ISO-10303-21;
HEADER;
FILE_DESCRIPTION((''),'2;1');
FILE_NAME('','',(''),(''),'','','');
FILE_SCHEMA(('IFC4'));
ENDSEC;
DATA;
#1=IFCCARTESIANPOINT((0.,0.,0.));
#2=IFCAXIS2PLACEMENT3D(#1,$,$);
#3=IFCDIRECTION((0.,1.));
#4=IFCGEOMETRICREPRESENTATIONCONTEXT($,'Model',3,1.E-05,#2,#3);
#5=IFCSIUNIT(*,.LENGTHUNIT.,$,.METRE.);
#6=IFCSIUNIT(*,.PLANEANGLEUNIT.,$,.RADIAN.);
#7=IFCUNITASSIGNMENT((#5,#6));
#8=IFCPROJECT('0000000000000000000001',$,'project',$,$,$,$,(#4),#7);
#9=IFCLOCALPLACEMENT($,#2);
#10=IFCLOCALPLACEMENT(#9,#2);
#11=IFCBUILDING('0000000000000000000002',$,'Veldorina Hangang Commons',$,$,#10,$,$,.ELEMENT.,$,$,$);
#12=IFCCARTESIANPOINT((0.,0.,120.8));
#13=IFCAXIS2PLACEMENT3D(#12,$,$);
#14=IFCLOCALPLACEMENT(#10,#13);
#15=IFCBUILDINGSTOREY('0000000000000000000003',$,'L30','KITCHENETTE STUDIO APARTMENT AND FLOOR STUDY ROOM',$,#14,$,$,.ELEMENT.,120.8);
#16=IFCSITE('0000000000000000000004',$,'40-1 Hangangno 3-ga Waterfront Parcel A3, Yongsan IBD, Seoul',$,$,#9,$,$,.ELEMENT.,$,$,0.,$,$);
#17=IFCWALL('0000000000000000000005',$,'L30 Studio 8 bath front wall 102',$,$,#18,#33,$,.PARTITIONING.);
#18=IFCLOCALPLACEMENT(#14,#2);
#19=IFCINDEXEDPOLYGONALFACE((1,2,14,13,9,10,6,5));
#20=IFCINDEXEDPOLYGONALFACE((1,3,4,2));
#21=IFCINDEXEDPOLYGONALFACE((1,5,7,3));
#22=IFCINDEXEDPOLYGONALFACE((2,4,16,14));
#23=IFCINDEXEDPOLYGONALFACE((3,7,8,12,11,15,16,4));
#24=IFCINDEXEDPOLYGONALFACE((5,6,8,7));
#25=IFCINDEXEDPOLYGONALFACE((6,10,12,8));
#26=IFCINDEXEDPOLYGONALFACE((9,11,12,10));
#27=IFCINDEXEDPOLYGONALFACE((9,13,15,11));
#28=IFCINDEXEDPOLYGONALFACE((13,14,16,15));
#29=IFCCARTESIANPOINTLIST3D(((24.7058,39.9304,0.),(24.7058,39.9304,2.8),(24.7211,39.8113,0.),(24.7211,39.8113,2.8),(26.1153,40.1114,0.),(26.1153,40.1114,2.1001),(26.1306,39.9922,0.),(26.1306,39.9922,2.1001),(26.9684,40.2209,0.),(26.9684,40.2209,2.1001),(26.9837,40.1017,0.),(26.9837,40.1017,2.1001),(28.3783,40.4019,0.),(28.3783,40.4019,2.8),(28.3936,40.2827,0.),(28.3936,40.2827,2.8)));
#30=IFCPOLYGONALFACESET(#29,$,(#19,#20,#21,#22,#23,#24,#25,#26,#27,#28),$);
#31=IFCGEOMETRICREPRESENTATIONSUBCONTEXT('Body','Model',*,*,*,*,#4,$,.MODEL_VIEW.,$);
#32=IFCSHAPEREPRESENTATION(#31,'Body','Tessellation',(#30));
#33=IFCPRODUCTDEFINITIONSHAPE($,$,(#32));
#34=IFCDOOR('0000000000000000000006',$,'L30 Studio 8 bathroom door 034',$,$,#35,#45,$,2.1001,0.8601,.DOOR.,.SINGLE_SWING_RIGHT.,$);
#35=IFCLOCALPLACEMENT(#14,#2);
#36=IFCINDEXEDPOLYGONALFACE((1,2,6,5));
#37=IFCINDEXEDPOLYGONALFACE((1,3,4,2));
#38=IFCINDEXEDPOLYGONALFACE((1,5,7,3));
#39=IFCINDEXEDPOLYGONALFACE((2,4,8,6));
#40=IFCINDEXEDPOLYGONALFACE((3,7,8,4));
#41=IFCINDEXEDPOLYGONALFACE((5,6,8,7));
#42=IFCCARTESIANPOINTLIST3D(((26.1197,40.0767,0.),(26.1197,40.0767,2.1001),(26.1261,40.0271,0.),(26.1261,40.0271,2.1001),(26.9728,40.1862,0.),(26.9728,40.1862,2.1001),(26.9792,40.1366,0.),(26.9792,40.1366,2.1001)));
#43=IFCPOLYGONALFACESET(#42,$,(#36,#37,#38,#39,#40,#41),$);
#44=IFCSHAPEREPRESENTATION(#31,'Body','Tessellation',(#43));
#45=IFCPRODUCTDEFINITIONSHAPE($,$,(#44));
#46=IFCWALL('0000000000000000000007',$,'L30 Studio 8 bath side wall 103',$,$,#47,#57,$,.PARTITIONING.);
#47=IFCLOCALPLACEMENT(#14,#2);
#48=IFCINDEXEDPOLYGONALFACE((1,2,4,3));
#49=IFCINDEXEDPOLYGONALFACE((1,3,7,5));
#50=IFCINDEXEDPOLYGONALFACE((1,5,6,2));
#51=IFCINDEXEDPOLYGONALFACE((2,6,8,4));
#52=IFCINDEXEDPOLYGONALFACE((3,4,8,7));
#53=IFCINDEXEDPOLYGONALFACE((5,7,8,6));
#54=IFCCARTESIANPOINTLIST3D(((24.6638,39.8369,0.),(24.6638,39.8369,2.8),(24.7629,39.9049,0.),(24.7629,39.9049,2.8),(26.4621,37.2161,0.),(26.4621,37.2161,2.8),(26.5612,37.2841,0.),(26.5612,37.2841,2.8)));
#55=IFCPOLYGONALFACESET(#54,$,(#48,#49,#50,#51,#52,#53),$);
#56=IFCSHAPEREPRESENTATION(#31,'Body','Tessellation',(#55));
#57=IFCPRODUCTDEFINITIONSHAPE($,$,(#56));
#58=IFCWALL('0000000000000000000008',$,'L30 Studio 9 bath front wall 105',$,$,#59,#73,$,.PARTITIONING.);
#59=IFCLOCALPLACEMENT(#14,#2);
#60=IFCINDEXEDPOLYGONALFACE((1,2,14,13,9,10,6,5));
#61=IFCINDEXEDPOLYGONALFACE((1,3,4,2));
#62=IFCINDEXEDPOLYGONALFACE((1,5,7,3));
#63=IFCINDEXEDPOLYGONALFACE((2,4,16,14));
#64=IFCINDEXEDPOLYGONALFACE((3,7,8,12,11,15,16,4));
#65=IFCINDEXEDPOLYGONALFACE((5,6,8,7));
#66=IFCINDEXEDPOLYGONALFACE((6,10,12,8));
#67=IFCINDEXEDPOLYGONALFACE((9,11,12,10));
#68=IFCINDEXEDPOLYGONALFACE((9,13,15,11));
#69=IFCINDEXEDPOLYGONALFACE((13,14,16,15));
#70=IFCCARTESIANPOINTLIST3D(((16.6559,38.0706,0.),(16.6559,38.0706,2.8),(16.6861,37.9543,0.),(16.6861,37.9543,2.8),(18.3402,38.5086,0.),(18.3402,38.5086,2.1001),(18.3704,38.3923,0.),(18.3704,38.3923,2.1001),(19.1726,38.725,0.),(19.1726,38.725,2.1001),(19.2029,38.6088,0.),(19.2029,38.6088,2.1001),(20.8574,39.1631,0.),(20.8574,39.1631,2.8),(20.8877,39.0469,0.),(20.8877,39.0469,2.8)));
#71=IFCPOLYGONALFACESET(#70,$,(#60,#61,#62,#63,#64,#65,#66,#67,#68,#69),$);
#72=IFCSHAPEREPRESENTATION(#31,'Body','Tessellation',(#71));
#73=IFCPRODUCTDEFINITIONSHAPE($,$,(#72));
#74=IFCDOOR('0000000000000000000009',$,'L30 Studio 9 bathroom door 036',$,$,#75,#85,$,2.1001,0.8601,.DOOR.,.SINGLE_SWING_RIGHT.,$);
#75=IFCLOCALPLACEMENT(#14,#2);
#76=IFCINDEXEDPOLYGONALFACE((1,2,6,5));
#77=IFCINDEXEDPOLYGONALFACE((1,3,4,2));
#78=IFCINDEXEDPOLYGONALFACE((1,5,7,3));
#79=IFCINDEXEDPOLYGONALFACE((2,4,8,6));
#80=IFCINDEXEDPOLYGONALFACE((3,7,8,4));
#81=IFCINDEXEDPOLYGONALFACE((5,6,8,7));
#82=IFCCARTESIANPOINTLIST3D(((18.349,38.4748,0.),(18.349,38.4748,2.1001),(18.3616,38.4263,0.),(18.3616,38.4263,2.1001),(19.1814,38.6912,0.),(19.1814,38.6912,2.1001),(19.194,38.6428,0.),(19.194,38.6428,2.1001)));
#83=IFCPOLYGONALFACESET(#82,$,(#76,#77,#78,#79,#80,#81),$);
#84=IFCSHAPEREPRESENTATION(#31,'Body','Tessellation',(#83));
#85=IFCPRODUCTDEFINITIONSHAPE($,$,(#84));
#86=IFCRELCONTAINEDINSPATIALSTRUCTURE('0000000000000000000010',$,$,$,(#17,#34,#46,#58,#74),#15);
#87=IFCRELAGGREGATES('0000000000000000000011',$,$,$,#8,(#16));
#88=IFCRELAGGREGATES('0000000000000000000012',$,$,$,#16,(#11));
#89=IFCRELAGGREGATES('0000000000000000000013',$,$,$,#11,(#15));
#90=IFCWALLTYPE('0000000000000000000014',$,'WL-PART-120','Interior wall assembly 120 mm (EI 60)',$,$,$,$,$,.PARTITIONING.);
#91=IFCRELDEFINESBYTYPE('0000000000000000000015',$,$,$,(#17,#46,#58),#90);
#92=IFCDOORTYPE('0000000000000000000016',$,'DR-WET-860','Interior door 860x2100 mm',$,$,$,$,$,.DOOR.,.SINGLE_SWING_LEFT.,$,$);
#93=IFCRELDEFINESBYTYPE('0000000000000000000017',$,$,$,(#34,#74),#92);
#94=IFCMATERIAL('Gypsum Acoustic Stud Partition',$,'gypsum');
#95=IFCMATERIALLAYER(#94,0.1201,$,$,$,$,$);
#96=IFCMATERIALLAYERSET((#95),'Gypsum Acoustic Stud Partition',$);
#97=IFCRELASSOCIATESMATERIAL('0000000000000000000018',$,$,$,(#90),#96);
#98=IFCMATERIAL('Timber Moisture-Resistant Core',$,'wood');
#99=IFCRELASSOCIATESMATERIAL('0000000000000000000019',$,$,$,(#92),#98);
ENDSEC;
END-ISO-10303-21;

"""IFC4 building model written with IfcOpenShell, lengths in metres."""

from ifc_helpers import new_model, si_unit, direction, frame, frame_2d, origin, place, context, subcontext, project, spatial, rectangle, extrude, material, layer, layer_set, type_object, element, fill, save


model = new_model("IFC4")

# Units and contexts
model_context = context("Model", 3, precision=1e-05, world=origin(), true_north=direction((0.0, 1.0)))
body_context = subcontext(model_context, "Body", "Model", "MODEL_VIEW")
ifc_project = project(units=[si_unit("LENGTHUNIT", "METRE"), si_unit("PLANEANGLEUNIT", "RADIAN")], contexts=[model_context])

# Site, building, storey
site_placement = place(None, origin())
site = spatial("IfcSite", under=ifc_project, at=site_placement, Name="40-1 Hangangno 3-ga Waterfront Parcel A3, Yongsan IBD, Seoul", CompositionType="ELEMENT", RefElevation=0.0)
building_placement = place(site_placement, origin())
building = spatial("IfcBuilding", under=site, at=building_placement, Name="Veldorina Hangang Commons", CompositionType="ELEMENT")
storey_placement = place(building_placement, frame((0.0, 0.0, 120.8)))
storey = spatial("IfcBuildingStorey", under=building, at=storey_placement, Name="L30", Description="KITCHENETTE STUDIO APARTMENT AND FLOOR STUDY ROOM", CompositionType="ELEMENT", Elevation=120.8)

# Wall, opening, door
ifc_material_1 = material(Name="Gypsum Acoustic Stud Partition", Category="gypsum")
ifc_layer_1 = layer(ifc_material_1, 0.1201)
ifc_layer_set_1 = layer_set([ifc_layer_1], Name="Gypsum Acoustic Stud Partition")
wall_type_1 = type_object("IfcWallType", Name="WL-PART-120", Description="Interior wall assembly 120 mm (EI 60)", PredefinedType="PARTITIONING", material=ifc_layer_set_1)
wall_1_placement = place(storey_placement, frame((28.386, 40.3423, 0.0), z_axis=(0.0, 0.0, 1.0), x_axis=(-0.991862, -0.127321, 0.0)))
wall_1 = element("IfcWall", 1, at=wall_1_placement, inside=storey, type_object=wall_type_1, Name="L30 Studio 8 bath front wall 102", PredefinedType="PARTITIONING", context=body_context, shape_type="SweptSolid", body=[
    extrude(rectangle(XDim=3.7026, YDim=0.1201, at=frame_2d((1.8513, 0.0))), origin(), (0.0, 0.0, 1.0), 2.8),
])
opening_1_placement = place(wall_1_placement, frame((1.4214, 0.0, 0.0)))
opening_1 = element("IfcOpeningElement", 2, at=opening_1_placement, cuts=wall_1, PredefinedType="OPENING", context=body_context, shape_type="SweptSolid", body=[
    extrude(rectangle(XDim=0.8601, YDim=2.1001, at=frame_2d((0.4302, 1.05))), frame((0.0, 0.0701, 0.0), z_axis=(0.0, -1.0, 0.0), x_axis=(1.0, 0.0, 0.0)), (0.0, 0.0, 1.0), 0.1401),
])
ifc_material_2 = material(Name="Timber Moisture-Resistant Core", Category="wood")
door_type_1 = type_object("IfcDoorType", Name="DR-WET-860", Description="Interior door 860x2100 mm", OperationType="SINGLE_SWING_LEFT", PredefinedType="DOOR", material=ifc_material_2)
door_1_placement = place(opening_1_placement, origin())
door_1 = element("IfcDoor", 3, at=door_1_placement, inside=storey, type_object=door_type_1, Name="L30 Studio 8 bathroom door 034", OperationType="SINGLE_SWING_RIGHT", OverallHeight=2.1001, OverallWidth=0.8601, PredefinedType="DOOR", context=body_context, shape_type="SweptSolid", body=[
    extrude(rectangle(XDim=0.8601, YDim=2.1001, at=frame_2d((0.4302, 1.05))), frame((0.0, 0.0249, 0.0), z_axis=(0.0, -1.0, 0.0), x_axis=(1.0, 0.0, 0.0)), (0.0, 0.0, 1.0), 0.05),
])
fill(opening_1, door_1)

# Wall
wall_2_placement = place(storey_placement, frame((26.5117, 37.25, 0.0), z_axis=(0.0, 0.0, 1.0), x_axis=(-0.565782, 0.824555, 0.0)))
element("IfcWall", 4, at=wall_2_placement, inside=storey, type_object=wall_type_1, Name="L30 Studio 8 bath side wall 103", PredefinedType="PARTITIONING", context=body_context, shape_type="SweptSolid", body=[
    extrude(rectangle(XDim=3.1785, YDim=0.1201, at=frame_2d((1.5894, 0.0))), origin(), (0.0, 0.0, 1.0), 2.8),
])

# Wall, opening, door
wall_3_placement = place(storey_placement, frame((20.8726, 39.105, 0.0), z_axis=(0.0, 0.0, 1.0), x_axis=(-0.967817, -0.251655, 0.0)))
wall_3 = element("IfcWall", 5, at=wall_3_placement, inside=storey, type_object=wall_type_1, Name="L30 Studio 9 bath front wall 105", PredefinedType="PARTITIONING", context=body_context, shape_type="SweptSolid", body=[
    extrude(rectangle(XDim=4.3413, YDim=0.1201, at=frame_2d((2.1707, 0.0))), origin(), (0.0, 0.0, 1.0), 2.8),
])
opening_2_placement = place(wall_3_placement, frame((1.7407, 0.0, 0.0)))
opening_2 = element("IfcOpeningElement", 6, at=opening_2_placement, cuts=wall_3, PredefinedType="OPENING", context=body_context, shape_type="SweptSolid", body=[
    extrude(rectangle(XDim=0.8601, YDim=2.1001, at=frame_2d((0.4302, 1.05))), frame((0.0, 0.0701, 0.0), z_axis=(0.0, -1.0, 0.0), x_axis=(1.0, 0.0, 0.0)), (0.0, 0.0, 1.0), 0.1401),
])
door_2_placement = place(opening_2_placement, origin())
door_2 = element("IfcDoor", 7, at=door_2_placement, inside=storey, type_object=door_type_1, Name="L30 Studio 9 bathroom door 036", OperationType="SINGLE_SWING_RIGHT", OverallHeight=2.1001, OverallWidth=0.8601, PredefinedType="DOOR", context=body_context, shape_type="SweptSolid", body=[
    extrude(rectangle(XDim=0.8601, YDim=2.1001, at=frame_2d((0.4302, 1.05))), frame((0.0, 0.0249, 0.0), z_axis=(0.0, -1.0, 0.0), x_axis=(1.0, 0.0, 0.0)), (0.0, 0.0, 1.0), 0.05),
])
fill(opening_2, door_2)

save(model, "model.ifc")
